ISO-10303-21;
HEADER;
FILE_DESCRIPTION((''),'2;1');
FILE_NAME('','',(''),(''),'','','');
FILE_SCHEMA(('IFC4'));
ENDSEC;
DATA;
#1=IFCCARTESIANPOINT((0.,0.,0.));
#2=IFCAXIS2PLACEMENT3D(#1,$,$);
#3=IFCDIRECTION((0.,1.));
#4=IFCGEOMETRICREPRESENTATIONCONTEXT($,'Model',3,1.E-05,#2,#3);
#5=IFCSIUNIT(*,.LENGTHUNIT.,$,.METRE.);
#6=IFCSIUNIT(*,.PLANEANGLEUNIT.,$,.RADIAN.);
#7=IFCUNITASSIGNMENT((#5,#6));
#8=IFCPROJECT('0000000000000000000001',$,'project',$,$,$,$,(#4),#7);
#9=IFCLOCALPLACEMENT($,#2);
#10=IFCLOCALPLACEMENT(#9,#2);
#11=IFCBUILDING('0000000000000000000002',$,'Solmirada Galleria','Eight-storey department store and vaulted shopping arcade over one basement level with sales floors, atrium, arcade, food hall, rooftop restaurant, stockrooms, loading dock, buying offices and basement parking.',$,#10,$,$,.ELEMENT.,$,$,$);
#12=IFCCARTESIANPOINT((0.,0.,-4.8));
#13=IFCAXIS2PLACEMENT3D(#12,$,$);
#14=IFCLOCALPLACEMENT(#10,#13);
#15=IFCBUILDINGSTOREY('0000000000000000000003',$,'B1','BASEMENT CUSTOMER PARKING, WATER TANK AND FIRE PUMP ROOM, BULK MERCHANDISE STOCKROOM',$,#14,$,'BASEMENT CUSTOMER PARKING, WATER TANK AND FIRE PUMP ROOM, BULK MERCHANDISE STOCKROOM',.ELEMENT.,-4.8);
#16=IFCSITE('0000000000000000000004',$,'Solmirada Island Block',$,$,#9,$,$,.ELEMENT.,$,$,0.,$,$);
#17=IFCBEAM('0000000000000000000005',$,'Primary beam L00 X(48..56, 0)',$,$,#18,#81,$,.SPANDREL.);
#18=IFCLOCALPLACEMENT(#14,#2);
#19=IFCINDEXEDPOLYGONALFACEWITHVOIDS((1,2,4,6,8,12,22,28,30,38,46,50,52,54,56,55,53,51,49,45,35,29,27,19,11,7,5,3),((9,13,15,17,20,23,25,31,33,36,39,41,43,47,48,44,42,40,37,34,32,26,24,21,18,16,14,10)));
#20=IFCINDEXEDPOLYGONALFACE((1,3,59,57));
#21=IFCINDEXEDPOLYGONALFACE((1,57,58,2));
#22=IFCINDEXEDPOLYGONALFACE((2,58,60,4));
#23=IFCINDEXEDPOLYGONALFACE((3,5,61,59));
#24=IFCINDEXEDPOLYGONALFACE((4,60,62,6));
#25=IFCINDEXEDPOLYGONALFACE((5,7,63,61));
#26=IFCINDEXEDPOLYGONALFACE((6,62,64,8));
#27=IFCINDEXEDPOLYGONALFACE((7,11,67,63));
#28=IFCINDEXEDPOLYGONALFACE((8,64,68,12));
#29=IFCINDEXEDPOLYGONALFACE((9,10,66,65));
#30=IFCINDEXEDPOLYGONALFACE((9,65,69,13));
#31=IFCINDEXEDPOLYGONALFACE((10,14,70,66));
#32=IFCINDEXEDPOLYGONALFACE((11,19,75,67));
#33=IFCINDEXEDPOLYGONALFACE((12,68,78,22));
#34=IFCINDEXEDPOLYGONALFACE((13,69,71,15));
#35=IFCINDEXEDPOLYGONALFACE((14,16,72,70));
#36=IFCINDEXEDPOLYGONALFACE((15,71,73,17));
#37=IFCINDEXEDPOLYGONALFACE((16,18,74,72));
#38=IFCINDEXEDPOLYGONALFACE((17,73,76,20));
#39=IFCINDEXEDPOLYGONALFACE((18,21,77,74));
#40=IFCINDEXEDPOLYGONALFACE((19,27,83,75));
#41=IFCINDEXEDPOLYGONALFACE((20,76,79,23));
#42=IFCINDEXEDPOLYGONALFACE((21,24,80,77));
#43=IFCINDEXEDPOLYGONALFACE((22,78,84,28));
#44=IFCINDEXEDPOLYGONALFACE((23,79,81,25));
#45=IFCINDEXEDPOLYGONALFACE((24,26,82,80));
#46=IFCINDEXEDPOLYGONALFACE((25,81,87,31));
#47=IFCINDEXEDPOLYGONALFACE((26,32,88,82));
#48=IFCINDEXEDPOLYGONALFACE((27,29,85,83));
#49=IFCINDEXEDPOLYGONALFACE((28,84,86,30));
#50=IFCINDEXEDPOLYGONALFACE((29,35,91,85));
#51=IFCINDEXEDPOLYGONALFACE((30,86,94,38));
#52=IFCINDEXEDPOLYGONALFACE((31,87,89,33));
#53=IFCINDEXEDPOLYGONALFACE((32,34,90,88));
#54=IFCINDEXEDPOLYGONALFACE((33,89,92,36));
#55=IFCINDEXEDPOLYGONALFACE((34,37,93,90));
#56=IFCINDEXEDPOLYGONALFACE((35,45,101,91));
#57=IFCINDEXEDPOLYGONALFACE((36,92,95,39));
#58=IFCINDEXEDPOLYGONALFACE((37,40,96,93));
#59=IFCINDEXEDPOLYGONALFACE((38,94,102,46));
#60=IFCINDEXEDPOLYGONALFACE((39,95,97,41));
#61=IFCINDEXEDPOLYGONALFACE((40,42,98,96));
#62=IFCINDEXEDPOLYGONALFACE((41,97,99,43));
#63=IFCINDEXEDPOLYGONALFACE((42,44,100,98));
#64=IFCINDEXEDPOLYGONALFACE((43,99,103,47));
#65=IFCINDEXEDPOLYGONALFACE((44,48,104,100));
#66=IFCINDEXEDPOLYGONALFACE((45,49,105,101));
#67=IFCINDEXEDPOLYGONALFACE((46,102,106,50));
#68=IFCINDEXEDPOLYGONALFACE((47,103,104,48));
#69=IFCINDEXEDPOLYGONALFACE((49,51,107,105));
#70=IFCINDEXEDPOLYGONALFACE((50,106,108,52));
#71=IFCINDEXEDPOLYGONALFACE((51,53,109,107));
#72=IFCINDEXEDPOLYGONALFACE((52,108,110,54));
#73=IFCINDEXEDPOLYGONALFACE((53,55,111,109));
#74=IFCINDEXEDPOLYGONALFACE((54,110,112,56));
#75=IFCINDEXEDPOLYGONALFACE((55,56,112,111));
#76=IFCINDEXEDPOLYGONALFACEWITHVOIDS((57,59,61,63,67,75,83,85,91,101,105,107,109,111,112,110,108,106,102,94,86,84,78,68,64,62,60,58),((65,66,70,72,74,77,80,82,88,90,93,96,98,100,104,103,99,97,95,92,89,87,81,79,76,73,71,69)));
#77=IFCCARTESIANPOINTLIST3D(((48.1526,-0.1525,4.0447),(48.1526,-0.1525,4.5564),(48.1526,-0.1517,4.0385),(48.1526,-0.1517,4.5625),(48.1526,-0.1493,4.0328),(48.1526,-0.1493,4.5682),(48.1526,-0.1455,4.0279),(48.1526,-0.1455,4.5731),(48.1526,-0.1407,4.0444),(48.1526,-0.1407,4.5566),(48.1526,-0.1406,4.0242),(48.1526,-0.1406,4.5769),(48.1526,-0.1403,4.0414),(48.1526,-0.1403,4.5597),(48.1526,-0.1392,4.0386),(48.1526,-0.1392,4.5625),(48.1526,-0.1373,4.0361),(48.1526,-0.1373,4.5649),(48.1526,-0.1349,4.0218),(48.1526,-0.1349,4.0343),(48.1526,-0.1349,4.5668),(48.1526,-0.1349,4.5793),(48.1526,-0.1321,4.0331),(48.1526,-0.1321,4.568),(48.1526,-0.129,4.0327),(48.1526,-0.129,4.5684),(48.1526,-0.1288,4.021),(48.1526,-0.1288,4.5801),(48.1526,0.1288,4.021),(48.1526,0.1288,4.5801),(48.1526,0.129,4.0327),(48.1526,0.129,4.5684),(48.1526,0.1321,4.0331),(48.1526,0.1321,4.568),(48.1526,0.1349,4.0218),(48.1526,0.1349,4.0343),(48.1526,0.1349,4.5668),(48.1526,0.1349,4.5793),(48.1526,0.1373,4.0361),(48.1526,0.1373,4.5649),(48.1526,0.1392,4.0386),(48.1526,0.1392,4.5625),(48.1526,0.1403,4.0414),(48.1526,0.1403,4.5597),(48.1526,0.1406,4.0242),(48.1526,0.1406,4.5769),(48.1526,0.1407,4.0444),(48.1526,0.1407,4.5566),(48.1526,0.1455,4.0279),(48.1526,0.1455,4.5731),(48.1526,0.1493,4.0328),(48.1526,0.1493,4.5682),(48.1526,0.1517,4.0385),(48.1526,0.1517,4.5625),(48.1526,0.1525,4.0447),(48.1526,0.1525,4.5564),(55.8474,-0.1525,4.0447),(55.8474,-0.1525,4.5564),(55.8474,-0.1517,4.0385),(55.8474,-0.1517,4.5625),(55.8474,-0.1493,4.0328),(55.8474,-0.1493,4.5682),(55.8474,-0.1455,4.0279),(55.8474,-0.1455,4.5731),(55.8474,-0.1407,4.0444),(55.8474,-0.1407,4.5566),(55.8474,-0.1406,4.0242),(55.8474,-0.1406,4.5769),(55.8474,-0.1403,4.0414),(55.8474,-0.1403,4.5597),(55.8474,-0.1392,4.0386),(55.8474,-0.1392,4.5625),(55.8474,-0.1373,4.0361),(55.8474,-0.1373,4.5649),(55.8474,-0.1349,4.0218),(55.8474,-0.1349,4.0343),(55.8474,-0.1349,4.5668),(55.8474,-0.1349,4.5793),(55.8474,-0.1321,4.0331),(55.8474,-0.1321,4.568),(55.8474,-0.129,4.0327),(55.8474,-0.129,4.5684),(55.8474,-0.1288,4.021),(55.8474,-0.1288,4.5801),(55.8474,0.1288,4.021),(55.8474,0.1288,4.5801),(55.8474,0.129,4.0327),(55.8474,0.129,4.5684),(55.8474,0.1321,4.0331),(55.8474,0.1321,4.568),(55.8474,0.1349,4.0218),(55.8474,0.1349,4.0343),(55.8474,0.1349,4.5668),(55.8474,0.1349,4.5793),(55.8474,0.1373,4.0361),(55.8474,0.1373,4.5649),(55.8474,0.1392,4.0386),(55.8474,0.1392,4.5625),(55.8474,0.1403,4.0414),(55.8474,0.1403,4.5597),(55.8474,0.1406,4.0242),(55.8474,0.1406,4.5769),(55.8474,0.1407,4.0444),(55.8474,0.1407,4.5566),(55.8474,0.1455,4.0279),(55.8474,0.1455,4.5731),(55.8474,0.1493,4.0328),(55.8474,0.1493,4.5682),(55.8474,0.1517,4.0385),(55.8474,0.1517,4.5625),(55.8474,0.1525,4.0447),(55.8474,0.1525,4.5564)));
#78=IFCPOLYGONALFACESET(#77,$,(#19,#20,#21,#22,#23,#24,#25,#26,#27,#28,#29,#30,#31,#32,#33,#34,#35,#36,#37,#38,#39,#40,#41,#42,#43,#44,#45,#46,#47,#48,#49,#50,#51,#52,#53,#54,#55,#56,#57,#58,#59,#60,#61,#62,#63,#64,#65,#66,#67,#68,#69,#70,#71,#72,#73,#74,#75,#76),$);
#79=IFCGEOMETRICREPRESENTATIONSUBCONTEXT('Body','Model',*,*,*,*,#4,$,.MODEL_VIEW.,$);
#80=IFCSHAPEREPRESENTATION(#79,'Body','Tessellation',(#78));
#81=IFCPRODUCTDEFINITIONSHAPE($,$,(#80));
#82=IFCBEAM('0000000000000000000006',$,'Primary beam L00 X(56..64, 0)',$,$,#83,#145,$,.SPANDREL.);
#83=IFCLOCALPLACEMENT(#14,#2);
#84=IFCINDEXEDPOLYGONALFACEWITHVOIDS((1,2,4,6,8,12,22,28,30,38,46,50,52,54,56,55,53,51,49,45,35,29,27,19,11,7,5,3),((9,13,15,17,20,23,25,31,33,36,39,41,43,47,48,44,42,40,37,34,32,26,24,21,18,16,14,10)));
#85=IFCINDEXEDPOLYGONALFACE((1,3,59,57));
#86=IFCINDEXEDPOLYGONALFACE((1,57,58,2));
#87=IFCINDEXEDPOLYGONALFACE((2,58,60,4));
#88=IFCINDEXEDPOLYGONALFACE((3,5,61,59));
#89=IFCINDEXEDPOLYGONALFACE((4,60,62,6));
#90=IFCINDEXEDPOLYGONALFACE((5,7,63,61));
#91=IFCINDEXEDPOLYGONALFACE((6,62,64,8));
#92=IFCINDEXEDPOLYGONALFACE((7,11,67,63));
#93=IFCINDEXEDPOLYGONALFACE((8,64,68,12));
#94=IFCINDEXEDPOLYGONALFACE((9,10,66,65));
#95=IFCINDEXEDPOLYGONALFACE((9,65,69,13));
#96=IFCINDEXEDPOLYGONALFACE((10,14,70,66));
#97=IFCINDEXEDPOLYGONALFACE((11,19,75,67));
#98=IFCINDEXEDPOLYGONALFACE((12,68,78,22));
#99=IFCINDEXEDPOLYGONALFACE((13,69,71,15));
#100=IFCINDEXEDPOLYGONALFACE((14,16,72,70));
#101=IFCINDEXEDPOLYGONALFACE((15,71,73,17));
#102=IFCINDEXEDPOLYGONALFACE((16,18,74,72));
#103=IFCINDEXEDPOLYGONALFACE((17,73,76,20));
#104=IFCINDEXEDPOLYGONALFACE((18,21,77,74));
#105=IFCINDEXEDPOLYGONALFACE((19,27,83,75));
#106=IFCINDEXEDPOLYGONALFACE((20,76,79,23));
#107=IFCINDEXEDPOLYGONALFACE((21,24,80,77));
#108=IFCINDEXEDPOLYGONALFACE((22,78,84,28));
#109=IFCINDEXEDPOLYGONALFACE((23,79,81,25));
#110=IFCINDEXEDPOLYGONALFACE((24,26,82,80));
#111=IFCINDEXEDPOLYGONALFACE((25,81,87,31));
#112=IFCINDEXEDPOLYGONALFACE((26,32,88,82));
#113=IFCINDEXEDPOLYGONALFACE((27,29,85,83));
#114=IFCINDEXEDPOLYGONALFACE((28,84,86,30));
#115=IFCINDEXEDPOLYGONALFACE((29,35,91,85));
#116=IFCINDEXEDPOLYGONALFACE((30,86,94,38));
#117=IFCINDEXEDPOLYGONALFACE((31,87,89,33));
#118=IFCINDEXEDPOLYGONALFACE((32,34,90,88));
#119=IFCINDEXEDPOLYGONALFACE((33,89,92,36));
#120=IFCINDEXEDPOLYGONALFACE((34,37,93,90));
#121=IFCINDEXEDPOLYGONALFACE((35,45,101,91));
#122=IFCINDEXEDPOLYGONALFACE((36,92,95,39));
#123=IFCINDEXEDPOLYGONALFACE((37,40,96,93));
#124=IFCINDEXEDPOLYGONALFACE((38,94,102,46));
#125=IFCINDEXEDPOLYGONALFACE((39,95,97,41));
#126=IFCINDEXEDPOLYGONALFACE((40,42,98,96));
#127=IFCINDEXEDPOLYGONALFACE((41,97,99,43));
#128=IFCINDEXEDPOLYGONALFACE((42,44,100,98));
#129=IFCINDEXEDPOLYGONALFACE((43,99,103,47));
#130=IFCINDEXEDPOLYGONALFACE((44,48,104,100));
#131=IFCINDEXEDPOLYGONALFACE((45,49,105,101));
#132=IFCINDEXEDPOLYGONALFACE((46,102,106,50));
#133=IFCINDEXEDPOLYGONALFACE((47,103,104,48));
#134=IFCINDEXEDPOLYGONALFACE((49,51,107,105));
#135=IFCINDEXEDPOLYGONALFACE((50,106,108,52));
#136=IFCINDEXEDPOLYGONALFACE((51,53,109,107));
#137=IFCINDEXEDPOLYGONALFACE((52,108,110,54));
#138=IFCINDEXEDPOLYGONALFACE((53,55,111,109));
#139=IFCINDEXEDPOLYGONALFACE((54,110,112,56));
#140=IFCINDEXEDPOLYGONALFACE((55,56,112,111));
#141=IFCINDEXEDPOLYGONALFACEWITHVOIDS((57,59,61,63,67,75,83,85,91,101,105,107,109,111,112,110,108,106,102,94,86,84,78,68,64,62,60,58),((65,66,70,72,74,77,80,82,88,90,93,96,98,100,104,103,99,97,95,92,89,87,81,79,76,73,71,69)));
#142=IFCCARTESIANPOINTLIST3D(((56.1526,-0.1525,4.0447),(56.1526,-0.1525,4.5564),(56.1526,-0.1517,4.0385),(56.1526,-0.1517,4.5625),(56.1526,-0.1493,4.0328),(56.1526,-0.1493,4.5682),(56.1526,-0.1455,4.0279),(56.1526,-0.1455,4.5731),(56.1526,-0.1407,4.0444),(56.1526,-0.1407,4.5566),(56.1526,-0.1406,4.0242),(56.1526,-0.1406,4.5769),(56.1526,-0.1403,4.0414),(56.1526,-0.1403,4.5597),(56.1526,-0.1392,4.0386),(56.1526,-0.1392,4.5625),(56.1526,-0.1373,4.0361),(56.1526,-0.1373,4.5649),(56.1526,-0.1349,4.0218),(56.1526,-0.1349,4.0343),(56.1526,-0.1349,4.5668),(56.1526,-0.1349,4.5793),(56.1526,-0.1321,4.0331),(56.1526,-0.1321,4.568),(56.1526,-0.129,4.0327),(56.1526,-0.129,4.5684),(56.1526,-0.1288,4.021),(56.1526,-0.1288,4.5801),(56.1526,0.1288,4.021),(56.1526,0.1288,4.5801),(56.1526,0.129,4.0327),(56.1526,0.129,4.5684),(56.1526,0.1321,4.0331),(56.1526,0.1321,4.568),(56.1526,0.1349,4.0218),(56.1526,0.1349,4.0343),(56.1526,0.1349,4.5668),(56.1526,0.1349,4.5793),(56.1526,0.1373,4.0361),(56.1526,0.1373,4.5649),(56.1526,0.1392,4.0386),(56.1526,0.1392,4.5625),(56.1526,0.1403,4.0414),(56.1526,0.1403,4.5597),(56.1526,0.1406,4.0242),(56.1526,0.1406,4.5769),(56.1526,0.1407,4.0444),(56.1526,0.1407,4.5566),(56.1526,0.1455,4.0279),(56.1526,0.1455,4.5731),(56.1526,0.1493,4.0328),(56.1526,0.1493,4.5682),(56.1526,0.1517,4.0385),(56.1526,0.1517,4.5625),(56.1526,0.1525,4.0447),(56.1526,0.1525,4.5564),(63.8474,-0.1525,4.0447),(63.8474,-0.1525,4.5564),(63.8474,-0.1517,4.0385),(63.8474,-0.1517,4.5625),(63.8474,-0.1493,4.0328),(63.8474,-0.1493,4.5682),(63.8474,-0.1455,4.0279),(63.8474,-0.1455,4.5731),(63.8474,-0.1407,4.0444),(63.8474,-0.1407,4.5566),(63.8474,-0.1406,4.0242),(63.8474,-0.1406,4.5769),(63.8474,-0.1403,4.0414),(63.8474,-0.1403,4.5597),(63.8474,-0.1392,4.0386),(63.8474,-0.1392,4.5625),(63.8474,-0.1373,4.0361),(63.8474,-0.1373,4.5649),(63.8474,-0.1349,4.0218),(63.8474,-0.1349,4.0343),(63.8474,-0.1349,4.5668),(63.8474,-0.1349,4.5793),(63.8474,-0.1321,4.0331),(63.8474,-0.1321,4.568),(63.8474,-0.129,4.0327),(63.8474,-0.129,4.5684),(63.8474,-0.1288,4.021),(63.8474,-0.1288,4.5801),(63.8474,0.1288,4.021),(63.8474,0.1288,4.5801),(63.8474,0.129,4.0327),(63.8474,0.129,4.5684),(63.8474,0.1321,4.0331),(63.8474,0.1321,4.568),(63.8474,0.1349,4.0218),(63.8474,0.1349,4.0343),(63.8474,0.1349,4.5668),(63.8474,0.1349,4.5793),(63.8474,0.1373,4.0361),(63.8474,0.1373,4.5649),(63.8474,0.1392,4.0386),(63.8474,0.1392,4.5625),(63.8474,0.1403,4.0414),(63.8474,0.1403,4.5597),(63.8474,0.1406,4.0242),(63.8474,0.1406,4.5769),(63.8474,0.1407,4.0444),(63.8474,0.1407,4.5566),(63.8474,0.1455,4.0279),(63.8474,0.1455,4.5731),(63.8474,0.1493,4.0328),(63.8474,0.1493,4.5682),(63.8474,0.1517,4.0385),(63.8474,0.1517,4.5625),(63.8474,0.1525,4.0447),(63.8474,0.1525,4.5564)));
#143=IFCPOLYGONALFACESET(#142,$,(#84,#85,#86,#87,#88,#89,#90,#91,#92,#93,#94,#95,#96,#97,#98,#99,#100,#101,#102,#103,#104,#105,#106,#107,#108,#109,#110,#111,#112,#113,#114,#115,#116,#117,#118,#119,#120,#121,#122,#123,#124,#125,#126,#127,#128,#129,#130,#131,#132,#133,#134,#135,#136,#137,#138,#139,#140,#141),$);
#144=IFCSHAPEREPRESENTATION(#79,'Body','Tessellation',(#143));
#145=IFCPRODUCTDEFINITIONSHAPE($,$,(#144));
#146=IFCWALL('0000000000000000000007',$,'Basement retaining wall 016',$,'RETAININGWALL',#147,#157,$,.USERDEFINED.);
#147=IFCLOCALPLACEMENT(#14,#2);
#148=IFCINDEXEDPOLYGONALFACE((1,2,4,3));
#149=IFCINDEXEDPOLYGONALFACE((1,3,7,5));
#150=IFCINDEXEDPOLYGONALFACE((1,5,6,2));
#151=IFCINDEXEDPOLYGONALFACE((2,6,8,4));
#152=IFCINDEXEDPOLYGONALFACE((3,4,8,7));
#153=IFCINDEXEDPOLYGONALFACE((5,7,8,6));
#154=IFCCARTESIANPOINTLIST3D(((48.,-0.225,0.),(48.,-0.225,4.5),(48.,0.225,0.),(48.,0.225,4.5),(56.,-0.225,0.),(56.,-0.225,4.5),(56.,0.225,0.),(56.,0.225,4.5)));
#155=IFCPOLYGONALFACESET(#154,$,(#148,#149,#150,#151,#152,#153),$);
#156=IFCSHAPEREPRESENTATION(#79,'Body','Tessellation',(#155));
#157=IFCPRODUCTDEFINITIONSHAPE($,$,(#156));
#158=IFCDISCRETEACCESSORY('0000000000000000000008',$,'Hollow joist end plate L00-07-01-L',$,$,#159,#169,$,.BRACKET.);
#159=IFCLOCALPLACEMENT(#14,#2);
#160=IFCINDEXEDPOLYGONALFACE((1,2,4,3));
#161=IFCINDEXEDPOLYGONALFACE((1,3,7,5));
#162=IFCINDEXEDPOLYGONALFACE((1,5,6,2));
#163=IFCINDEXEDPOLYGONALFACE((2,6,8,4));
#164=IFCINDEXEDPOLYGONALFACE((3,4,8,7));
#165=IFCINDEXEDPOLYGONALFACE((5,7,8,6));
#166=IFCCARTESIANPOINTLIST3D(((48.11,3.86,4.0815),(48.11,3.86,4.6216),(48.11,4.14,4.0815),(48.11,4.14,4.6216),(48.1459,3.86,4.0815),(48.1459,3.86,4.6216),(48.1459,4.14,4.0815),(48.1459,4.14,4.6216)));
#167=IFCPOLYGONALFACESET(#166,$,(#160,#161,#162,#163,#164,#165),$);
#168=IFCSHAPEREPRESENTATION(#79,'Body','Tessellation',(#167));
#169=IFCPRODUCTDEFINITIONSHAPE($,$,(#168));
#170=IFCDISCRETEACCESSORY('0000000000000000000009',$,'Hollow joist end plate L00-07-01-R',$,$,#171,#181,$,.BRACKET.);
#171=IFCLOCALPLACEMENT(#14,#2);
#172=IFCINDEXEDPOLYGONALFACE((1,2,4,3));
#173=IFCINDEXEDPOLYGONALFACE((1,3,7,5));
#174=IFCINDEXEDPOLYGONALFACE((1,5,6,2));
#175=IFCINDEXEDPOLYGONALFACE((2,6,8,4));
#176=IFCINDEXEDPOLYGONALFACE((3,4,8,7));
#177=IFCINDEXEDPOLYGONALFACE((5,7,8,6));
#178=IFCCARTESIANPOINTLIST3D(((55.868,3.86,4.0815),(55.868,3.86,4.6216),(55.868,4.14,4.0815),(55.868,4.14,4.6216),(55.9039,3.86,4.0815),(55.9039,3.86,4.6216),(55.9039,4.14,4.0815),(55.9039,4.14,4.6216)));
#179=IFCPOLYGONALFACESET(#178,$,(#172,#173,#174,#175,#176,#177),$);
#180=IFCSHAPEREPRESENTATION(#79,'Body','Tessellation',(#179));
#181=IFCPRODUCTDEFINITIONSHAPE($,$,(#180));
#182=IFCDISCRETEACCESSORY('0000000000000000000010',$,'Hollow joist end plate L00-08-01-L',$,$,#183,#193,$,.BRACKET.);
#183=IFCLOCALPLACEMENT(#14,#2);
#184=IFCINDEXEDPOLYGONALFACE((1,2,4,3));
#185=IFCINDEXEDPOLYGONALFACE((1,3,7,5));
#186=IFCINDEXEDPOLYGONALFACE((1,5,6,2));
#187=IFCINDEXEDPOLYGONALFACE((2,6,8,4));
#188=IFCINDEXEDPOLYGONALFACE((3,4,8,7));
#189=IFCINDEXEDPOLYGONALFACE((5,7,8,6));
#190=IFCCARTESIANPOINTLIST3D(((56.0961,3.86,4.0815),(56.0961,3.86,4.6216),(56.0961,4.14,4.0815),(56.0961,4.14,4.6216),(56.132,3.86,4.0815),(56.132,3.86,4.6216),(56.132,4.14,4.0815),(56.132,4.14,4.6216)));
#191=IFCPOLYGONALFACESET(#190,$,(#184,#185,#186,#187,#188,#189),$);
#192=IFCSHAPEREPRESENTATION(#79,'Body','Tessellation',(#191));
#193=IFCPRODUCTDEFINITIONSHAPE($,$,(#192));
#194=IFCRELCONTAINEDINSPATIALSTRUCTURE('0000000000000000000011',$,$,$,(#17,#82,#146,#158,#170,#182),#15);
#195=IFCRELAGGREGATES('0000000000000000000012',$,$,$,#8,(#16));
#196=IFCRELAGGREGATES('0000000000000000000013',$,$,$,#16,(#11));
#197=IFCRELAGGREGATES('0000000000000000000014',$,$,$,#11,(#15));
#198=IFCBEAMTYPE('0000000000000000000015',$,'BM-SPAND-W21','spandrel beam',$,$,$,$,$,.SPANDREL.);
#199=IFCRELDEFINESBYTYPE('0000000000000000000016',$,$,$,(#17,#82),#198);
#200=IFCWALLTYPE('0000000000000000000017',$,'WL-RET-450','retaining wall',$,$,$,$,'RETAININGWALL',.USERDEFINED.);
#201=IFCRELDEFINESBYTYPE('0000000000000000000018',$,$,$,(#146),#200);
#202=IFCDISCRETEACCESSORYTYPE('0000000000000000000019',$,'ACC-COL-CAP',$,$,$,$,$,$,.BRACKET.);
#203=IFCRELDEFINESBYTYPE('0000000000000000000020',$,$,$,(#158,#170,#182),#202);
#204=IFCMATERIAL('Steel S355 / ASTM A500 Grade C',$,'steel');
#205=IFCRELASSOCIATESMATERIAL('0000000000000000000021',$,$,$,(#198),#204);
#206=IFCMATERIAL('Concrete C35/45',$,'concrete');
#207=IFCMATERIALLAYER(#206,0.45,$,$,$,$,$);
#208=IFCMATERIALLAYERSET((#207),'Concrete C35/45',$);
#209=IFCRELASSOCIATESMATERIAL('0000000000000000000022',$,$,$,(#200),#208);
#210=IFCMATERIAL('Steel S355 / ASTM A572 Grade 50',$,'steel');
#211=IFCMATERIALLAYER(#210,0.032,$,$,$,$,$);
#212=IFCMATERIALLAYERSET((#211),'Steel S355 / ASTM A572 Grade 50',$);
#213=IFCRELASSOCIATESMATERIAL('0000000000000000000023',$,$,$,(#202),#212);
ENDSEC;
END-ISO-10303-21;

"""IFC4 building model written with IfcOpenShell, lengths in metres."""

from ifc_helpers import new_model, si_unit, direction, frame, frame_2d, origin, origin_2d, place, context, subcontext, project, spatial, rectangle, hollow_rectangle, extrude, material, layer, layer_set, material_profile, profile_set, type_object, element, save


model = new_model("IFC4")

# Units and contexts
model_context = context("Model", 3, precision=1e-05, world=origin(), true_north=direction((0.0, 1.0)))
body_context = subcontext(model_context, "Body", "Model", "MODEL_VIEW")
ifc_project = project(units=[si_unit("LENGTHUNIT", "METRE"), si_unit("PLANEANGLEUNIT", "RADIAN")], contexts=[model_context])

# Site, building, storey
site_placement = place(None, origin())
site = spatial("IfcSite", under=ifc_project, at=site_placement, Name="Solmirada Island Block", CompositionType="ELEMENT", RefElevation=0.0)
building_placement = place(site_placement, origin())
building = spatial("IfcBuilding", under=site, at=building_placement, Name="Solmirada Galleria", Description="Eight-storey department store and vaulted shopping arcade over one basement level with sales floors, atrium, arcade, food hall, rooftop restaurant, stockrooms, loading dock, buying offices and basement parking.", CompositionType="ELEMENT")
storey_placement = place(building_placement, frame((0.0, 0.0, -4.8)))
storey = spatial("IfcBuildingStorey", under=building, at=storey_placement, Name="B1", Description="BASEMENT CUSTOMER PARKING, WATER TANK AND FIRE PUMP ROOM, BULK MERCHANDISE STOCKROOM", LongName="BASEMENT CUSTOMER PARKING, WATER TANK AND FIRE PUMP ROOM, BULK MERCHANDISE STOCKROOM", CompositionType="ELEMENT", Elevation=-4.8)

# Shared definitions
ifc_material_1 = material(Name="Concrete C35/45", Category="concrete")

# Shared definitions
ifc_material_2 = material(Name="Steel S355 / ASTM A500 Grade C", Category="steel")

# Beams
ifc_material_profile_1 = material_profile(ifc_material_2, hollow_rectangle(XDim=0.3049, YDim=0.5591, WallThickness=0.0117, InnerFilletRadius=0.0117, OuterFilletRadius=0.0237, at=origin_2d()), Name="HSS22X12X1/2")
ifc_profile_set_1 = profile_set([ifc_material_profile_1], Name="Steel S355 / ASTM A500 Grade C")
beam_type_1 = type_object("IfcBeamType", Name="BM-SPAND-W21", Description="spandrel beam", PredefinedType="SPANDREL", material=ifc_profile_set_1)
for number, where, z_axis, x_axis, name in (
    (1, (48.1526, 0.0, 4.3005), (1.0, 0.0, 0.0), (0.0, 1.0, 0.0), "Primary beam L00 X(48..56, 0)"),
    (2, (56.1526, 0.0, 4.3005), (1.0, 0.0, 0.0), (0.0, 1.0, 0.0), "Primary beam L00 X(56..64, 0)"),
):
    element("IfcBeam", number, at=place(storey_placement, frame(where, z_axis=z_axis, x_axis=x_axis)), inside=storey, type_object=beam_type_1, Name=name, PredefinedType="SPANDREL", context=body_context, shape_type="SweptSolid", body=[
        extrude(hollow_rectangle(XDim=0.3049, YDim=0.5591, WallThickness=0.0117, InnerFilletRadius=0.0117, OuterFilletRadius=0.0237, at=origin_2d()), origin(), (0.0, 0.0, 1.0), 7.6948),
    ])

# Wall
ifc_layer_1 = layer(ifc_material_1, 0.45)
ifc_layer_set_1 = layer_set([ifc_layer_1], Name="Concrete C35/45")
wall_type = type_object("IfcWallType", Name="WL-RET-450", Description="retaining wall", ElementType="RETAININGWALL", PredefinedType="USERDEFINED", material=ifc_layer_set_1)
wall_placement = place(storey_placement, frame((56.0, 0.0, 0.0), z_axis=(0.0, 0.0, 1.0), x_axis=(-1.0, 0.0, 0.0)))
element("IfcWall", 3, at=wall_placement, inside=storey, type_object=wall_type, Name="Basement retaining wall 016", ObjectType="RETAININGWALL", PredefinedType="USERDEFINED", context=body_context, shape_type="SweptSolid", body=[
    extrude(rectangle(XDim=8.0, YDim=0.45, at=frame_2d((4.0, 0.0))), origin(), (0.0, 0.0, 1.0), 4.5),
])

# Discrete accessories
ifc_material_3 = material(Name="Steel S355 / ASTM A572 Grade 50", Category="steel")
ifc_layer_2 = layer(ifc_material_3, 0.032)
ifc_layer_set_2 = layer_set([ifc_layer_2], Name="Steel S355 / ASTM A572 Grade 50")
discrete_accessory_type = type_object("IfcDiscreteAccessoryType", Name="ACC-COL-CAP", PredefinedType="BRACKET", material=ifc_layer_set_2)
for number, where, z_axis, x_axis, name in (
    (4, (48.1279, 4.0, 4.0815), (0.0, 0.0, 1.0), (1.0, 0.0, 0.0), "Hollow joist end plate L00-07-01-L"),
    (5, (55.886, 4.0, 4.0815), (0.0, 0.0, 1.0), (1.0, 0.0, 0.0), "Hollow joist end plate L00-07-01-R"),
    (6, (56.114, 4.0, 4.0815), (0.0, 0.0, 1.0), (1.0, 0.0, 0.0), "Hollow joist end plate L00-08-01-L"),
):
    element("IfcDiscreteAccessory", number, at=place(storey_placement, frame(where, z_axis=z_axis, x_axis=x_axis)), inside=storey, type_object=discrete_accessory_type, Name=name, PredefinedType="BRACKET", context=body_context, shape_type="SweptSolid", body=[
        extrude(rectangle(XDim=0.0359, YDim=0.28, at=origin_2d()), origin(), (0.0, 0.0, 1.0), 0.54),
    ])

save(model, "model.ifc")
